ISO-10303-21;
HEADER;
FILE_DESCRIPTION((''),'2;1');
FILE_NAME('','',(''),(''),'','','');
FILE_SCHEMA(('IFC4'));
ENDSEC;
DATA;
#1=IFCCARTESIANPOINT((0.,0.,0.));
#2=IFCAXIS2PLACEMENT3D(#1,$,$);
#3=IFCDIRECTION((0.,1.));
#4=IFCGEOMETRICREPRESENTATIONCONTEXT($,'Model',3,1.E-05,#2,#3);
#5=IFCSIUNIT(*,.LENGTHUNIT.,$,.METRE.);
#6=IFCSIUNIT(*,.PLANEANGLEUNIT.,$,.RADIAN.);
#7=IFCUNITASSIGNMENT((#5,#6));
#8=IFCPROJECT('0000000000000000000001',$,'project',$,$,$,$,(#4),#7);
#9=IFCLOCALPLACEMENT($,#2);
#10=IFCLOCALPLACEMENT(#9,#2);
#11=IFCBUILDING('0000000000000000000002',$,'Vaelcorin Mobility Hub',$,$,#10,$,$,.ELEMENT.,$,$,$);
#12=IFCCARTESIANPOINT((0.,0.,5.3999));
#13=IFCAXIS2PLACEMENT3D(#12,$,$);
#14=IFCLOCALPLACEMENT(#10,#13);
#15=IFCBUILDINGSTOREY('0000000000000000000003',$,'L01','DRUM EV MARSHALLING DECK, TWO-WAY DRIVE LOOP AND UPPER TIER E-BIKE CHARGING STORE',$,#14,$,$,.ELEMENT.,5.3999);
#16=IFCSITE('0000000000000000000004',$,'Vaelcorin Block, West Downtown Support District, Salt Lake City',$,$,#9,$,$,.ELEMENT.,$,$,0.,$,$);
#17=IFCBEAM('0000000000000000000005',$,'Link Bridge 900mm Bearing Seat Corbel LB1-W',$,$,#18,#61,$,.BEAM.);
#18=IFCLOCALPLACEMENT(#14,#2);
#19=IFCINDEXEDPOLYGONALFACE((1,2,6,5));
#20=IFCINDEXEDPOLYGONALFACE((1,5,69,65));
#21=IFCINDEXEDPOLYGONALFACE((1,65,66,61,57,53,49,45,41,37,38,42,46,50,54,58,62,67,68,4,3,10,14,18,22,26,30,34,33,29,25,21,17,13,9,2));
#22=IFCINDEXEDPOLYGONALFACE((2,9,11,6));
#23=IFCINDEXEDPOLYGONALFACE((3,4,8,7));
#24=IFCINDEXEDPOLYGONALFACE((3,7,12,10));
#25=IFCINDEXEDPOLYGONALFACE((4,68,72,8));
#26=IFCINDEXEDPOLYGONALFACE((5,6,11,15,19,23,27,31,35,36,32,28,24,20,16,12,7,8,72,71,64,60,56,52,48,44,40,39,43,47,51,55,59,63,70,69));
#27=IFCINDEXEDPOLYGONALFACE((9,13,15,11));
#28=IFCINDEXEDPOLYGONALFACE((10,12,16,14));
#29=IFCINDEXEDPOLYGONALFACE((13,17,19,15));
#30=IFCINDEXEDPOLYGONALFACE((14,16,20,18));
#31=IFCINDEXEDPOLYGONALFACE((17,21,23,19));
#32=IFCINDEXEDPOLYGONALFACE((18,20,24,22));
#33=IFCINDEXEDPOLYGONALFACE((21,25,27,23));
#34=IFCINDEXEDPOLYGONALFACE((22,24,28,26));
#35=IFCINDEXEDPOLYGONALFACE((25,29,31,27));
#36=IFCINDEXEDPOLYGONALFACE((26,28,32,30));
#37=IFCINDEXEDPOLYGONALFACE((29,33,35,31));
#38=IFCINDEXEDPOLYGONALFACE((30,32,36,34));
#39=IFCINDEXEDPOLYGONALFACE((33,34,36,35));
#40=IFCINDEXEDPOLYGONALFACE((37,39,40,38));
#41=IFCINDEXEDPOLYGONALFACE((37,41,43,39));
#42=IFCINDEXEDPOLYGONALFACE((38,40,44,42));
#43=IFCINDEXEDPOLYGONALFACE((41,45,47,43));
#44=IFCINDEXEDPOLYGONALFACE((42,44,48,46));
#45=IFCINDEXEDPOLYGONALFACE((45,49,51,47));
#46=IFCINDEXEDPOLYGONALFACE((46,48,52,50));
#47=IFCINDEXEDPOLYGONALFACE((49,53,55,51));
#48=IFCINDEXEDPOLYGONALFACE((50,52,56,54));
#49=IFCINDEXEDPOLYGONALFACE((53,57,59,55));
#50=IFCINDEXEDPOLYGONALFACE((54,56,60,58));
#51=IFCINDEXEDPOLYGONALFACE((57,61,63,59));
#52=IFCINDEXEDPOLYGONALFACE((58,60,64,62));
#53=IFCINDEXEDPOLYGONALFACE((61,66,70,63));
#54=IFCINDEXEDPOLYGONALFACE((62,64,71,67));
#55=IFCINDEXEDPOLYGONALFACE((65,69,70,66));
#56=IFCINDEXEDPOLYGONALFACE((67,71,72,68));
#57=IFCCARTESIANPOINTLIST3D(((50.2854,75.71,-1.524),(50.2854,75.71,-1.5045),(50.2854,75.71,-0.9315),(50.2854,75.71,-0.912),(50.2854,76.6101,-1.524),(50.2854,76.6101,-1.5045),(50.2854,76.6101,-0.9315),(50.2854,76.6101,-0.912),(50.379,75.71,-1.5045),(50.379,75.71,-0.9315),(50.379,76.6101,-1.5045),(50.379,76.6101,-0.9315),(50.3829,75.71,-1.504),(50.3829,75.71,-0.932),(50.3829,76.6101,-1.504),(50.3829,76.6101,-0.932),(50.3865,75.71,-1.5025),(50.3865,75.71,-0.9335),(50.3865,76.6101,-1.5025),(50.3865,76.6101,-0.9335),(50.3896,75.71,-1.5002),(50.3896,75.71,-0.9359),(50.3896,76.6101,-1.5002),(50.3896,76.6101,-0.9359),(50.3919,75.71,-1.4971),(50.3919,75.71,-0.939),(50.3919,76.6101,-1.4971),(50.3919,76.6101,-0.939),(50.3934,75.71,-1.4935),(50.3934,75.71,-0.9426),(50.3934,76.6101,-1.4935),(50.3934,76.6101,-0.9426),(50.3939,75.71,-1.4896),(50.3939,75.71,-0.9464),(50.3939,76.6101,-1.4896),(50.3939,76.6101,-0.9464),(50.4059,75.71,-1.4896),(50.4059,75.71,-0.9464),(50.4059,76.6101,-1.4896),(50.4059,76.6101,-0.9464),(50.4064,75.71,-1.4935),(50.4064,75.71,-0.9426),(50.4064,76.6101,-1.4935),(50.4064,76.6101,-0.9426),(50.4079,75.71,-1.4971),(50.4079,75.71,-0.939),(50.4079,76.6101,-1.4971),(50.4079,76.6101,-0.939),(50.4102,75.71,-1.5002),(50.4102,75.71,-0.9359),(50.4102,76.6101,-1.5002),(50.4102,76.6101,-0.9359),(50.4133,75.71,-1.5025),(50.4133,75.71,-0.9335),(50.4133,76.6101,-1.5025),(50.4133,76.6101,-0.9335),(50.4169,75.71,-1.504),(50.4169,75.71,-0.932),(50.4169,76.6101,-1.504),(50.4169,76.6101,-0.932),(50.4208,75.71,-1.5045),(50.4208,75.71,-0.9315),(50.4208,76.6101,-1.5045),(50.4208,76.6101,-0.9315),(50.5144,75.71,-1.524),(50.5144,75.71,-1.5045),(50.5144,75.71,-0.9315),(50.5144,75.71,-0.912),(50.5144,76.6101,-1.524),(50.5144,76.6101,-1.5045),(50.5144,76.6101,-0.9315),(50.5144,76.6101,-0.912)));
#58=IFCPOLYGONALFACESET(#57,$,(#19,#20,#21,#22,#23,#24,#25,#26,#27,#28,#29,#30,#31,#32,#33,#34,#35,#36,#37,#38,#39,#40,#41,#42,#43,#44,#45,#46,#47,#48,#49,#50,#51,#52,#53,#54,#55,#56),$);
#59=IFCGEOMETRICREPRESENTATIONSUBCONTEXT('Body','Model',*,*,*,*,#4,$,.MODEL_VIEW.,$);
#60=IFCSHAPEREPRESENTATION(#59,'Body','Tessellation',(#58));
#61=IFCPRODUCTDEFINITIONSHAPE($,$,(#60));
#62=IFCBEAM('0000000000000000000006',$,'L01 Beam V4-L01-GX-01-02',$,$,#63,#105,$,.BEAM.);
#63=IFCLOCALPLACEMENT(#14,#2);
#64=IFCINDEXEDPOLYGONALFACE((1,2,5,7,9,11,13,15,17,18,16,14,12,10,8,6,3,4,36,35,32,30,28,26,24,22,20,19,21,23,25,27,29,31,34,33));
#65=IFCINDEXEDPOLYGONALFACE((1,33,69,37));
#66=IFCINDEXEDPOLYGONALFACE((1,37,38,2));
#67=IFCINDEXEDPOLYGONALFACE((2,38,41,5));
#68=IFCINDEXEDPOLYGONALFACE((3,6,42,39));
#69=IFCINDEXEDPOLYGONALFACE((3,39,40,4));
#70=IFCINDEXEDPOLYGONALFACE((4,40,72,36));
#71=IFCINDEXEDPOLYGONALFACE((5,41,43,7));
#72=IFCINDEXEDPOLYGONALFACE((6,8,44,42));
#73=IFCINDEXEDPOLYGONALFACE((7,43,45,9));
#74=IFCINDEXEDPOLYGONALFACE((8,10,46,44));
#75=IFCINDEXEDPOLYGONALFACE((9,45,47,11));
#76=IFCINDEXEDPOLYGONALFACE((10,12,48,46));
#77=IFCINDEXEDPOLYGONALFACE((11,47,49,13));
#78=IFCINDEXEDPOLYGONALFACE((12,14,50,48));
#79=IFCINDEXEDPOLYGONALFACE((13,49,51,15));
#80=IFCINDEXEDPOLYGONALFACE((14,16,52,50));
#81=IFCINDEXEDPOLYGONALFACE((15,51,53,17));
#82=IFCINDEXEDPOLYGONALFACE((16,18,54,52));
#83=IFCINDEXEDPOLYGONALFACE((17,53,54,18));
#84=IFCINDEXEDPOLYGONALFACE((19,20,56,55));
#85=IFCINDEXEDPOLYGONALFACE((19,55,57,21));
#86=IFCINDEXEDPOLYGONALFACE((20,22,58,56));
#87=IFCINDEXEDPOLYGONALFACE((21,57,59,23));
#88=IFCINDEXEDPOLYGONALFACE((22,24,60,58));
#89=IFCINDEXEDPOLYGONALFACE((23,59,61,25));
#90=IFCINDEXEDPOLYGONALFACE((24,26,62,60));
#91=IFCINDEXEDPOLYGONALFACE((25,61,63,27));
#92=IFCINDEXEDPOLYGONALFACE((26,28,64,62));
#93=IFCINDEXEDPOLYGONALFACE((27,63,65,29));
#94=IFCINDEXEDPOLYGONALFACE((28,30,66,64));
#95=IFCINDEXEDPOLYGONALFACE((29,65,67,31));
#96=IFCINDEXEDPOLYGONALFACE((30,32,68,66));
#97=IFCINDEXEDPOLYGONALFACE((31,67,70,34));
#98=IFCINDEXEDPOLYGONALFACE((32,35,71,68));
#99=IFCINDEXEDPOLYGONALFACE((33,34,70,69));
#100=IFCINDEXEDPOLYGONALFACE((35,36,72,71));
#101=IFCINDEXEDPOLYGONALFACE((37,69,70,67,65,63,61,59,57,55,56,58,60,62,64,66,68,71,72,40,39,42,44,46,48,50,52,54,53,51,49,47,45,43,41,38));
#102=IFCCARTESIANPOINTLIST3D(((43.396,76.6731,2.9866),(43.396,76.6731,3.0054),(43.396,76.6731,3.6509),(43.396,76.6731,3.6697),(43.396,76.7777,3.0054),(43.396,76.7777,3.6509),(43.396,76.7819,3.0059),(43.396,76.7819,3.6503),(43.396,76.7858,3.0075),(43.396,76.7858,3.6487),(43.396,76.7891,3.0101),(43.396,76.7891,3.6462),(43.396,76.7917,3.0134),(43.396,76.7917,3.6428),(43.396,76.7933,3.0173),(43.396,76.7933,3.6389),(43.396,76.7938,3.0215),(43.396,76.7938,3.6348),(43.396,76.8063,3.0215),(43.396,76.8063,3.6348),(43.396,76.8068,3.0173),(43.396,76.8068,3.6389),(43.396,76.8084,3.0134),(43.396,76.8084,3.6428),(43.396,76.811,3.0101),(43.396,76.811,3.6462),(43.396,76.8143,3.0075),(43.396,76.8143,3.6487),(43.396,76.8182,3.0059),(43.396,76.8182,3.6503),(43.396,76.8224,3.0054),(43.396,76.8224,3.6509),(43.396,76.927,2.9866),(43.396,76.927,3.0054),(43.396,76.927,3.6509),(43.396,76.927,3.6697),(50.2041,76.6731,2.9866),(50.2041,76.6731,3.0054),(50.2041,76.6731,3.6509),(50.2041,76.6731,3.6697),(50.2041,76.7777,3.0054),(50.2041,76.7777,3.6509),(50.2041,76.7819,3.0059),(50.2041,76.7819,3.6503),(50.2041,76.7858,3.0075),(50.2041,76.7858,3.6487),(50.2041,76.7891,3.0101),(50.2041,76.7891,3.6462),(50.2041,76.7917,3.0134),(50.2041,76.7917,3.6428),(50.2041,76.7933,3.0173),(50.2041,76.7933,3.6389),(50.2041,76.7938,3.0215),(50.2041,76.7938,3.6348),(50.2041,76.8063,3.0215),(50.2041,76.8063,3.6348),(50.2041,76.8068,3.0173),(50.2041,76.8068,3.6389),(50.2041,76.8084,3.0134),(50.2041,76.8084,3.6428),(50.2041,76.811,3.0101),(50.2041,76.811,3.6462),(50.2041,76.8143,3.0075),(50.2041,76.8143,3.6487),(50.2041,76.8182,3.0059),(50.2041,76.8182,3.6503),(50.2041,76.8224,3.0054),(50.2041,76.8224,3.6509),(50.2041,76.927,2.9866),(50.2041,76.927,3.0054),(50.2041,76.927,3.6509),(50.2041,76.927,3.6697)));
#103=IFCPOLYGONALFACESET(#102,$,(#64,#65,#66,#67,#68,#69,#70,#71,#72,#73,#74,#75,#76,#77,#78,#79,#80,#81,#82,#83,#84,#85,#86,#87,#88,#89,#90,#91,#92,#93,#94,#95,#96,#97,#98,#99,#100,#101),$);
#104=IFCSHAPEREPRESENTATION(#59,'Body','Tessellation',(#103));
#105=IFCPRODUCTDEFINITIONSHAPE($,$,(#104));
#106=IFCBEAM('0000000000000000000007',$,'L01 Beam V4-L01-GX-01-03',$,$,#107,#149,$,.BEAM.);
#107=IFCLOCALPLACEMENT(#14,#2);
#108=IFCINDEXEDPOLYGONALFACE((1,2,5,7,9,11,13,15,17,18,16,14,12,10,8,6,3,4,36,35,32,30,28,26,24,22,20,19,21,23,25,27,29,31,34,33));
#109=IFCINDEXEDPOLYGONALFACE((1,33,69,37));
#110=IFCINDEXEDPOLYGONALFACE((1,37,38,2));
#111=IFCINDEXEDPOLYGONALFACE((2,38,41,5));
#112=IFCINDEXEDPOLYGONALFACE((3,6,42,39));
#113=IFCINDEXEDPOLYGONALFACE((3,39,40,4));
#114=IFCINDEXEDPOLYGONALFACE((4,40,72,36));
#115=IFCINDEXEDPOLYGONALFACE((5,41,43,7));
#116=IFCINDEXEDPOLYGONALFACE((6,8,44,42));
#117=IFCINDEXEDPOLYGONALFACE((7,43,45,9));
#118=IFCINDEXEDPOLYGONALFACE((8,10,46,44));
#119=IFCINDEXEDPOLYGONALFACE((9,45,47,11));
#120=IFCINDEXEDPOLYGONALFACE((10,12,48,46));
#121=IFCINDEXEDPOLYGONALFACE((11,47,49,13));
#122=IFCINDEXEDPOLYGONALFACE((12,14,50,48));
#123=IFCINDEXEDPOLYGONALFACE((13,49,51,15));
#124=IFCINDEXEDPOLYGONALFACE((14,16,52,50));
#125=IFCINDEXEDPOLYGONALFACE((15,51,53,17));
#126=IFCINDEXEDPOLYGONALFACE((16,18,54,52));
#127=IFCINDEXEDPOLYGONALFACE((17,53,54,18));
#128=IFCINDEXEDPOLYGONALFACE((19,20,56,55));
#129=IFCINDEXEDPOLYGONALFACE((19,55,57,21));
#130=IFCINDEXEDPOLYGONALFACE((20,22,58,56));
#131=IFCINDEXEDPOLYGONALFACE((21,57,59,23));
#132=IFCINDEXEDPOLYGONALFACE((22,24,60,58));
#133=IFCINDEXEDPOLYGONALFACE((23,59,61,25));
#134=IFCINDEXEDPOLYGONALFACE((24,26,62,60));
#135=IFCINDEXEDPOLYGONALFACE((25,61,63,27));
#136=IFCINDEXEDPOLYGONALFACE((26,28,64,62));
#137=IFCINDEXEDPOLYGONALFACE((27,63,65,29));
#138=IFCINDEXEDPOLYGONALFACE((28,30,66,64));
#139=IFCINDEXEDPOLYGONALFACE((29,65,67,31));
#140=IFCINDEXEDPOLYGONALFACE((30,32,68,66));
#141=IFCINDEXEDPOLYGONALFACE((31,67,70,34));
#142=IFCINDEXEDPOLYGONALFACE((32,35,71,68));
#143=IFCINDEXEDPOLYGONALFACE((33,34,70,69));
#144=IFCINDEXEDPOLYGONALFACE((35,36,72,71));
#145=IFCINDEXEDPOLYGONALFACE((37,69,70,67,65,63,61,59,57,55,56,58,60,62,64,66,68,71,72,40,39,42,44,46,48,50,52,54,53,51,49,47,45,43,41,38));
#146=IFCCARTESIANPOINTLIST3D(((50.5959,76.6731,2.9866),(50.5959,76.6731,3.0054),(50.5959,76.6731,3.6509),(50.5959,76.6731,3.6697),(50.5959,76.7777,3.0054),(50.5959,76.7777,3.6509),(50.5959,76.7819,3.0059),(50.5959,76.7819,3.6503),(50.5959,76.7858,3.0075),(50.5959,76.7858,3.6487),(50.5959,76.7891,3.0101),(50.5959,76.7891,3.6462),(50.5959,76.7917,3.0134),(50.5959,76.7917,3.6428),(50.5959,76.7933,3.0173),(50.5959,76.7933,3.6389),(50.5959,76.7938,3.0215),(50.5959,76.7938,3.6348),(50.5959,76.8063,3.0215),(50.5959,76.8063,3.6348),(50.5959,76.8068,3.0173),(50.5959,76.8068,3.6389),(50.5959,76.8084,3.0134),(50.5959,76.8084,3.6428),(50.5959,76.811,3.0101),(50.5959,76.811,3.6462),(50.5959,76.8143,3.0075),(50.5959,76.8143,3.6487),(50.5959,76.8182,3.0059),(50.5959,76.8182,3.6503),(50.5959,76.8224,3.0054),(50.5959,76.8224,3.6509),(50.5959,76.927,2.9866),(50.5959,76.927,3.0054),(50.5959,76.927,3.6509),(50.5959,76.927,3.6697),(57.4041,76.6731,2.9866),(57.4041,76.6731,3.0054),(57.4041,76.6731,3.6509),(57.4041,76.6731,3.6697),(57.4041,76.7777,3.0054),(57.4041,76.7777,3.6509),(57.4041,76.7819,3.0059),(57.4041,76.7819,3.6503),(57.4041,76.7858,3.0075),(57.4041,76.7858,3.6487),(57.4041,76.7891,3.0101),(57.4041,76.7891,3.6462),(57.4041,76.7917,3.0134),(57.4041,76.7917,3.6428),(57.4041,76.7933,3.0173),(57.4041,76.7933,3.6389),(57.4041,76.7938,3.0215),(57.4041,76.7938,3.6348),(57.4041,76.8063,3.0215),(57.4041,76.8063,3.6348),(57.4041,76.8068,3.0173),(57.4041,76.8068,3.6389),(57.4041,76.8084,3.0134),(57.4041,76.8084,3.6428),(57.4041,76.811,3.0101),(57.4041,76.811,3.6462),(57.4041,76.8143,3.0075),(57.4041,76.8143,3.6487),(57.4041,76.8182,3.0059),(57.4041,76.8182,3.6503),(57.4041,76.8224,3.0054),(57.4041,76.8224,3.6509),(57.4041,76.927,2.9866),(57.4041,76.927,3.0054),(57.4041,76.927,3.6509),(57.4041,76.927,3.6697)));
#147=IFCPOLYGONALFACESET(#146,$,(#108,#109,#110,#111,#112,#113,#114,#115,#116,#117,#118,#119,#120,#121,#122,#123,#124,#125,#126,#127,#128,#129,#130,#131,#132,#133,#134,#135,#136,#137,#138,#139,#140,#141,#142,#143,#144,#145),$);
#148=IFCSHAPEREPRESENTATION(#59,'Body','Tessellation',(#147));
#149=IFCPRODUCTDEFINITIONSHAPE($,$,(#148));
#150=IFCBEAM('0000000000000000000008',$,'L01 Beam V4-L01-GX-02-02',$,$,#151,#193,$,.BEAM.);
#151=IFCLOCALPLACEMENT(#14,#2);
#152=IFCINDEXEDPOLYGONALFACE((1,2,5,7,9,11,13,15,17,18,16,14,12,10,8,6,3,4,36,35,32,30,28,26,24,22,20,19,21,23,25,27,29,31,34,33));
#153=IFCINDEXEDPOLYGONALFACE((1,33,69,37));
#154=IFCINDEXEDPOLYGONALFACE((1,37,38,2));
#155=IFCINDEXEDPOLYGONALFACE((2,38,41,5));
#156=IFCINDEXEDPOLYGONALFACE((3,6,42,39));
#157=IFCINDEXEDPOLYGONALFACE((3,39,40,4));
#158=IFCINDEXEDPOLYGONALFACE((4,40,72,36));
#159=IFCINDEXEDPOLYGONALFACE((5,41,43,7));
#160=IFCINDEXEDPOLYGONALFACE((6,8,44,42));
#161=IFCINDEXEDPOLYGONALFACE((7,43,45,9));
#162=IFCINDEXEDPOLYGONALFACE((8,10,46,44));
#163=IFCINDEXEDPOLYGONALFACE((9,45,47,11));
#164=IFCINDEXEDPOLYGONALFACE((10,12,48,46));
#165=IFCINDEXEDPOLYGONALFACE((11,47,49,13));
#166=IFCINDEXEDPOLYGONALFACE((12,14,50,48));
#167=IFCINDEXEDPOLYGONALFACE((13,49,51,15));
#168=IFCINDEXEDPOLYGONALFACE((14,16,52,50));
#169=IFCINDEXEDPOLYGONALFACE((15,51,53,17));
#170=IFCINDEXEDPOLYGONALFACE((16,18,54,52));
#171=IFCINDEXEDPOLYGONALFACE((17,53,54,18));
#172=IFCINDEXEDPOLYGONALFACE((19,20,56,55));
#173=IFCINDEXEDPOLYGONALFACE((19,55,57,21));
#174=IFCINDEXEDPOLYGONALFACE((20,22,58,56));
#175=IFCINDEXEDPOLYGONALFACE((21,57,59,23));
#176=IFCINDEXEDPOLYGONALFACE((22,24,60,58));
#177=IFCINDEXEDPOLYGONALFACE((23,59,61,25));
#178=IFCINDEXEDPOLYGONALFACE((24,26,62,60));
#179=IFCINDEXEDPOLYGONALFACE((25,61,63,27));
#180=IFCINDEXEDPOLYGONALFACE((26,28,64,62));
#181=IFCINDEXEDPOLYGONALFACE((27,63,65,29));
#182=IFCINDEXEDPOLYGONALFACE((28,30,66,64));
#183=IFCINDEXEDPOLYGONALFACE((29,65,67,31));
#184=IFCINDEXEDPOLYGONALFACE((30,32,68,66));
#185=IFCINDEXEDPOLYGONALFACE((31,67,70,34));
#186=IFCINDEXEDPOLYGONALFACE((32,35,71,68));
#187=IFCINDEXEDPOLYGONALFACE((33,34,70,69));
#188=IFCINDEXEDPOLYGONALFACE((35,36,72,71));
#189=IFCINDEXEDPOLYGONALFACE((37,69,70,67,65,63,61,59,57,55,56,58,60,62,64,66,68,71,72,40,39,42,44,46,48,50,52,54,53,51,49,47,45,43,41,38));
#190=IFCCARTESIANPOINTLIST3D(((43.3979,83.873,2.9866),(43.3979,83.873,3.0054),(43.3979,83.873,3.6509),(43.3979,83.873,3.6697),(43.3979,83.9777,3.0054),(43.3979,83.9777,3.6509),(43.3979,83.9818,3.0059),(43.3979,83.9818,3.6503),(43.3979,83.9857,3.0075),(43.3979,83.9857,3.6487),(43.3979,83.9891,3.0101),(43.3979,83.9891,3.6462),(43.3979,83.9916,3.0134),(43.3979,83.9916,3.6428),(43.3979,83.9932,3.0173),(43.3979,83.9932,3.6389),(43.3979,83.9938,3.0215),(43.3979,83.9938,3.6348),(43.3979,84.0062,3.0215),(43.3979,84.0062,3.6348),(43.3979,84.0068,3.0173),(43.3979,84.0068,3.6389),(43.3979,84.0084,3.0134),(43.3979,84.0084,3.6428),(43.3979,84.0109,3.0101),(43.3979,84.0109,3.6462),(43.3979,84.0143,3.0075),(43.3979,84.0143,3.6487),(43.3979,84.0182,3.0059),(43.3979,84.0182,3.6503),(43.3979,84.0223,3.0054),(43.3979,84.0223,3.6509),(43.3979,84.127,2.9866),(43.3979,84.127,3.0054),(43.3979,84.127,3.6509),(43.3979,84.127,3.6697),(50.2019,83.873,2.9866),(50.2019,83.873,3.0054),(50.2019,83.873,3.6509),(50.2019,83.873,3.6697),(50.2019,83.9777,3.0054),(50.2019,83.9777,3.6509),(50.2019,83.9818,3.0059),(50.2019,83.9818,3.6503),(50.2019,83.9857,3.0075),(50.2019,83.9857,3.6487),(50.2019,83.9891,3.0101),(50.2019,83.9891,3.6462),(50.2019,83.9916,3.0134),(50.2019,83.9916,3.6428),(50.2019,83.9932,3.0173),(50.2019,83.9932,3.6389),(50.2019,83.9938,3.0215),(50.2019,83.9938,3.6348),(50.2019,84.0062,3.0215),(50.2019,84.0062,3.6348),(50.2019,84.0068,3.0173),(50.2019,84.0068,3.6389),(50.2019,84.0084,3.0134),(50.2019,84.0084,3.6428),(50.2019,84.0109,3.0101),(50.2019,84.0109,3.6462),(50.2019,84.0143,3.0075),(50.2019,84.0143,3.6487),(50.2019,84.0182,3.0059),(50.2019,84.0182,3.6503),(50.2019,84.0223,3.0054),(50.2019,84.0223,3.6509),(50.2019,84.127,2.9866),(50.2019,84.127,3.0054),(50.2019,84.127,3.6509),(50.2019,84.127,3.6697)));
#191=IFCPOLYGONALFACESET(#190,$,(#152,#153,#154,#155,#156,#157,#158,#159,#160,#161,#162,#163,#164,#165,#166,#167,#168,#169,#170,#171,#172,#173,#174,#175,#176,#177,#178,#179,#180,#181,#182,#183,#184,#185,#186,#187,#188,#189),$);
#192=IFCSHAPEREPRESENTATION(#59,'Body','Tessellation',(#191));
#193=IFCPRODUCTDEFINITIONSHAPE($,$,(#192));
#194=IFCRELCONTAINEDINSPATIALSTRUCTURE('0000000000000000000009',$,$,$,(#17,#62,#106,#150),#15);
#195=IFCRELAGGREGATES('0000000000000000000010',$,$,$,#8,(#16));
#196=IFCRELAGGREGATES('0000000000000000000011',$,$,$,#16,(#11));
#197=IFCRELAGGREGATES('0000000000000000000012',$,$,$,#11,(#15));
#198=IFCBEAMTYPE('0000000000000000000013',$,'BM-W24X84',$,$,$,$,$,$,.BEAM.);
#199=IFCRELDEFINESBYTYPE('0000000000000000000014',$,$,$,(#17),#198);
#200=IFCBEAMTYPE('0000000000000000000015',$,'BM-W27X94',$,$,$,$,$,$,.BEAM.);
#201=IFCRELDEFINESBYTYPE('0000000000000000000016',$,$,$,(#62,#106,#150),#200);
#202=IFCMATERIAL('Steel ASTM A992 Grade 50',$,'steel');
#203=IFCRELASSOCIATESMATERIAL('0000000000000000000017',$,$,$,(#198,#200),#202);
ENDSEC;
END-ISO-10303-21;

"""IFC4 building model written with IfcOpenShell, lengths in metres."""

from ifc_helpers import new_model, si_unit, direction, frame, origin, origin_2d, place, context, subcontext, project, spatial, i_section, extrude, material, material_profile, profile_set, type_object, element, save


model = new_model("IFC4")

# Units and contexts
model_context = context("Model", 3, precision=1e-05, world=origin(), true_north=direction((0.0, 1.0)))
body_context = subcontext(model_context, "Body", "Model", "MODEL_VIEW")
ifc_project = project(units=[si_unit("LENGTHUNIT", "METRE"), si_unit("PLANEANGLEUNIT", "RADIAN")], contexts=[model_context])

# Site, building, storey
site_placement = place(None, origin())
site = spatial("IfcSite", under=ifc_project, at=site_placement, Name="Vaelcorin Block, West Downtown Support District, Salt Lake City", CompositionType="ELEMENT", RefElevation=0.0)
building_placement = place(site_placement, origin())
building = spatial("IfcBuilding", under=site, at=building_placement, Name="Vaelcorin Mobility Hub", CompositionType="ELEMENT")
storey_placement = place(building_placement, frame((0.0, 0.0, 5.3999)))
storey = spatial("IfcBuildingStorey", under=building, at=storey_placement, Name="L01", Description="DRUM EV MARSHALLING DECK, TWO-WAY DRIVE LOOP AND UPPER TIER E-BIKE CHARGING STORE", CompositionType="ELEMENT", Elevation=5.3999)

# Shared definitions
ifc_material_1 = material(Name="Steel ASTM A992 Grade 50", Category="steel")

# Beams
ifc_material_profile_1 = material_profile(ifc_material_1, i_section(OverallWidth=0.229, OverallDepth=0.6121, WebThickness=0.012, FlangeThickness=0.0195, FilletRadius=0.0149, at=origin_2d()), Name="W24X84")
ifc_profile_set_1 = profile_set([ifc_material_profile_1], Name="Steel ASTM A992 Grade 50")
beam_type_1 = type_object("IfcBeamType", Name="BM-W24X84", PredefinedType="BEAM", material=ifc_profile_set_1)
beam_1_placement = place(storey_placement, frame((50.3999, 76.6101, -1.218), z_axis=(0.0, -1.0, 0.0), x_axis=(1.0, 0.0, 0.0)))
element("IfcBeam", 1, at=beam_1_placement, inside=storey, type_object=beam_type_1, Name="Link Bridge 900mm Bearing Seat Corbel LB1-W", PredefinedType="BEAM", context=body_context, shape_type="SweptSolid", body=[
    extrude(i_section(OverallWidth=0.229, OverallDepth=0.6121, WebThickness=0.012, FlangeThickness=0.0195, FilletRadius=0.0149, at=origin_2d()), origin(), (0.0, 0.0, 1.0), 0.9001),
])
ifc_material_profile_2 = material_profile(ifc_material_1, i_section(OverallWidth=0.2539, OverallDepth=0.6831, WebThickness=0.0125, FlangeThickness=0.0188, FilletRadius=0.0161, at=origin_2d()), Name="W27X94")
ifc_profile_set_2 = profile_set([ifc_material_profile_2], Name="Steel ASTM A992 Grade 50")
beam_type_2 = type_object("IfcBeamType", Name="BM-W27X94", PredefinedType="BEAM", material=ifc_profile_set_2)
for number, where, z_axis, x_axis, name in (
    (2, (43.396, 76.8, 3.3281), (1.0, 0.0, 0.0), (0.0, 1.0, 0.0), "L01 Beam V4-L01-GX-01-02"),
    (3, (50.5959, 76.8, 3.3281), (1.0, 0.0, 0.0), (0.0, 1.0, 0.0), "L01 Beam V4-L01-GX-01-03"),
):
    element("IfcBeam", number, at=place(storey_placement, frame(where, z_axis=z_axis, x_axis=x_axis)), inside=storey, type_object=beam_type_2, Name=name, PredefinedType="BEAM", context=body_context, shape_type="SweptSolid", body=[
        extrude(i_section(OverallWidth=0.2539, OverallDepth=0.6831, WebThickness=0.0125, FlangeThickness=0.0188, FilletRadius=0.0161, at=origin_2d()), origin(), (0.0, 0.0, 1.0), 6.8081),
    ])
beam_2_placement = place(storey_placement, frame((43.3979, 84.0, 3.3281), z_axis=(1.0, 0.0, 0.0), x_axis=(0.0, 1.0, 0.0)))
element("IfcBeam", 4, at=beam_2_placement, inside=storey, type_object=beam_type_2, Name="L01 Beam V4-L01-GX-02-02", PredefinedType="BEAM", context=body_context, shape_type="SweptSolid", body=[
    extrude(i_section(OverallWidth=0.2539, OverallDepth=0.6831, WebThickness=0.0125, FlangeThickness=0.0188, FilletRadius=0.0161, at=origin_2d()), origin(), (0.0, 0.0, 1.0), 6.804),
])

save(model, "model.ifc")
